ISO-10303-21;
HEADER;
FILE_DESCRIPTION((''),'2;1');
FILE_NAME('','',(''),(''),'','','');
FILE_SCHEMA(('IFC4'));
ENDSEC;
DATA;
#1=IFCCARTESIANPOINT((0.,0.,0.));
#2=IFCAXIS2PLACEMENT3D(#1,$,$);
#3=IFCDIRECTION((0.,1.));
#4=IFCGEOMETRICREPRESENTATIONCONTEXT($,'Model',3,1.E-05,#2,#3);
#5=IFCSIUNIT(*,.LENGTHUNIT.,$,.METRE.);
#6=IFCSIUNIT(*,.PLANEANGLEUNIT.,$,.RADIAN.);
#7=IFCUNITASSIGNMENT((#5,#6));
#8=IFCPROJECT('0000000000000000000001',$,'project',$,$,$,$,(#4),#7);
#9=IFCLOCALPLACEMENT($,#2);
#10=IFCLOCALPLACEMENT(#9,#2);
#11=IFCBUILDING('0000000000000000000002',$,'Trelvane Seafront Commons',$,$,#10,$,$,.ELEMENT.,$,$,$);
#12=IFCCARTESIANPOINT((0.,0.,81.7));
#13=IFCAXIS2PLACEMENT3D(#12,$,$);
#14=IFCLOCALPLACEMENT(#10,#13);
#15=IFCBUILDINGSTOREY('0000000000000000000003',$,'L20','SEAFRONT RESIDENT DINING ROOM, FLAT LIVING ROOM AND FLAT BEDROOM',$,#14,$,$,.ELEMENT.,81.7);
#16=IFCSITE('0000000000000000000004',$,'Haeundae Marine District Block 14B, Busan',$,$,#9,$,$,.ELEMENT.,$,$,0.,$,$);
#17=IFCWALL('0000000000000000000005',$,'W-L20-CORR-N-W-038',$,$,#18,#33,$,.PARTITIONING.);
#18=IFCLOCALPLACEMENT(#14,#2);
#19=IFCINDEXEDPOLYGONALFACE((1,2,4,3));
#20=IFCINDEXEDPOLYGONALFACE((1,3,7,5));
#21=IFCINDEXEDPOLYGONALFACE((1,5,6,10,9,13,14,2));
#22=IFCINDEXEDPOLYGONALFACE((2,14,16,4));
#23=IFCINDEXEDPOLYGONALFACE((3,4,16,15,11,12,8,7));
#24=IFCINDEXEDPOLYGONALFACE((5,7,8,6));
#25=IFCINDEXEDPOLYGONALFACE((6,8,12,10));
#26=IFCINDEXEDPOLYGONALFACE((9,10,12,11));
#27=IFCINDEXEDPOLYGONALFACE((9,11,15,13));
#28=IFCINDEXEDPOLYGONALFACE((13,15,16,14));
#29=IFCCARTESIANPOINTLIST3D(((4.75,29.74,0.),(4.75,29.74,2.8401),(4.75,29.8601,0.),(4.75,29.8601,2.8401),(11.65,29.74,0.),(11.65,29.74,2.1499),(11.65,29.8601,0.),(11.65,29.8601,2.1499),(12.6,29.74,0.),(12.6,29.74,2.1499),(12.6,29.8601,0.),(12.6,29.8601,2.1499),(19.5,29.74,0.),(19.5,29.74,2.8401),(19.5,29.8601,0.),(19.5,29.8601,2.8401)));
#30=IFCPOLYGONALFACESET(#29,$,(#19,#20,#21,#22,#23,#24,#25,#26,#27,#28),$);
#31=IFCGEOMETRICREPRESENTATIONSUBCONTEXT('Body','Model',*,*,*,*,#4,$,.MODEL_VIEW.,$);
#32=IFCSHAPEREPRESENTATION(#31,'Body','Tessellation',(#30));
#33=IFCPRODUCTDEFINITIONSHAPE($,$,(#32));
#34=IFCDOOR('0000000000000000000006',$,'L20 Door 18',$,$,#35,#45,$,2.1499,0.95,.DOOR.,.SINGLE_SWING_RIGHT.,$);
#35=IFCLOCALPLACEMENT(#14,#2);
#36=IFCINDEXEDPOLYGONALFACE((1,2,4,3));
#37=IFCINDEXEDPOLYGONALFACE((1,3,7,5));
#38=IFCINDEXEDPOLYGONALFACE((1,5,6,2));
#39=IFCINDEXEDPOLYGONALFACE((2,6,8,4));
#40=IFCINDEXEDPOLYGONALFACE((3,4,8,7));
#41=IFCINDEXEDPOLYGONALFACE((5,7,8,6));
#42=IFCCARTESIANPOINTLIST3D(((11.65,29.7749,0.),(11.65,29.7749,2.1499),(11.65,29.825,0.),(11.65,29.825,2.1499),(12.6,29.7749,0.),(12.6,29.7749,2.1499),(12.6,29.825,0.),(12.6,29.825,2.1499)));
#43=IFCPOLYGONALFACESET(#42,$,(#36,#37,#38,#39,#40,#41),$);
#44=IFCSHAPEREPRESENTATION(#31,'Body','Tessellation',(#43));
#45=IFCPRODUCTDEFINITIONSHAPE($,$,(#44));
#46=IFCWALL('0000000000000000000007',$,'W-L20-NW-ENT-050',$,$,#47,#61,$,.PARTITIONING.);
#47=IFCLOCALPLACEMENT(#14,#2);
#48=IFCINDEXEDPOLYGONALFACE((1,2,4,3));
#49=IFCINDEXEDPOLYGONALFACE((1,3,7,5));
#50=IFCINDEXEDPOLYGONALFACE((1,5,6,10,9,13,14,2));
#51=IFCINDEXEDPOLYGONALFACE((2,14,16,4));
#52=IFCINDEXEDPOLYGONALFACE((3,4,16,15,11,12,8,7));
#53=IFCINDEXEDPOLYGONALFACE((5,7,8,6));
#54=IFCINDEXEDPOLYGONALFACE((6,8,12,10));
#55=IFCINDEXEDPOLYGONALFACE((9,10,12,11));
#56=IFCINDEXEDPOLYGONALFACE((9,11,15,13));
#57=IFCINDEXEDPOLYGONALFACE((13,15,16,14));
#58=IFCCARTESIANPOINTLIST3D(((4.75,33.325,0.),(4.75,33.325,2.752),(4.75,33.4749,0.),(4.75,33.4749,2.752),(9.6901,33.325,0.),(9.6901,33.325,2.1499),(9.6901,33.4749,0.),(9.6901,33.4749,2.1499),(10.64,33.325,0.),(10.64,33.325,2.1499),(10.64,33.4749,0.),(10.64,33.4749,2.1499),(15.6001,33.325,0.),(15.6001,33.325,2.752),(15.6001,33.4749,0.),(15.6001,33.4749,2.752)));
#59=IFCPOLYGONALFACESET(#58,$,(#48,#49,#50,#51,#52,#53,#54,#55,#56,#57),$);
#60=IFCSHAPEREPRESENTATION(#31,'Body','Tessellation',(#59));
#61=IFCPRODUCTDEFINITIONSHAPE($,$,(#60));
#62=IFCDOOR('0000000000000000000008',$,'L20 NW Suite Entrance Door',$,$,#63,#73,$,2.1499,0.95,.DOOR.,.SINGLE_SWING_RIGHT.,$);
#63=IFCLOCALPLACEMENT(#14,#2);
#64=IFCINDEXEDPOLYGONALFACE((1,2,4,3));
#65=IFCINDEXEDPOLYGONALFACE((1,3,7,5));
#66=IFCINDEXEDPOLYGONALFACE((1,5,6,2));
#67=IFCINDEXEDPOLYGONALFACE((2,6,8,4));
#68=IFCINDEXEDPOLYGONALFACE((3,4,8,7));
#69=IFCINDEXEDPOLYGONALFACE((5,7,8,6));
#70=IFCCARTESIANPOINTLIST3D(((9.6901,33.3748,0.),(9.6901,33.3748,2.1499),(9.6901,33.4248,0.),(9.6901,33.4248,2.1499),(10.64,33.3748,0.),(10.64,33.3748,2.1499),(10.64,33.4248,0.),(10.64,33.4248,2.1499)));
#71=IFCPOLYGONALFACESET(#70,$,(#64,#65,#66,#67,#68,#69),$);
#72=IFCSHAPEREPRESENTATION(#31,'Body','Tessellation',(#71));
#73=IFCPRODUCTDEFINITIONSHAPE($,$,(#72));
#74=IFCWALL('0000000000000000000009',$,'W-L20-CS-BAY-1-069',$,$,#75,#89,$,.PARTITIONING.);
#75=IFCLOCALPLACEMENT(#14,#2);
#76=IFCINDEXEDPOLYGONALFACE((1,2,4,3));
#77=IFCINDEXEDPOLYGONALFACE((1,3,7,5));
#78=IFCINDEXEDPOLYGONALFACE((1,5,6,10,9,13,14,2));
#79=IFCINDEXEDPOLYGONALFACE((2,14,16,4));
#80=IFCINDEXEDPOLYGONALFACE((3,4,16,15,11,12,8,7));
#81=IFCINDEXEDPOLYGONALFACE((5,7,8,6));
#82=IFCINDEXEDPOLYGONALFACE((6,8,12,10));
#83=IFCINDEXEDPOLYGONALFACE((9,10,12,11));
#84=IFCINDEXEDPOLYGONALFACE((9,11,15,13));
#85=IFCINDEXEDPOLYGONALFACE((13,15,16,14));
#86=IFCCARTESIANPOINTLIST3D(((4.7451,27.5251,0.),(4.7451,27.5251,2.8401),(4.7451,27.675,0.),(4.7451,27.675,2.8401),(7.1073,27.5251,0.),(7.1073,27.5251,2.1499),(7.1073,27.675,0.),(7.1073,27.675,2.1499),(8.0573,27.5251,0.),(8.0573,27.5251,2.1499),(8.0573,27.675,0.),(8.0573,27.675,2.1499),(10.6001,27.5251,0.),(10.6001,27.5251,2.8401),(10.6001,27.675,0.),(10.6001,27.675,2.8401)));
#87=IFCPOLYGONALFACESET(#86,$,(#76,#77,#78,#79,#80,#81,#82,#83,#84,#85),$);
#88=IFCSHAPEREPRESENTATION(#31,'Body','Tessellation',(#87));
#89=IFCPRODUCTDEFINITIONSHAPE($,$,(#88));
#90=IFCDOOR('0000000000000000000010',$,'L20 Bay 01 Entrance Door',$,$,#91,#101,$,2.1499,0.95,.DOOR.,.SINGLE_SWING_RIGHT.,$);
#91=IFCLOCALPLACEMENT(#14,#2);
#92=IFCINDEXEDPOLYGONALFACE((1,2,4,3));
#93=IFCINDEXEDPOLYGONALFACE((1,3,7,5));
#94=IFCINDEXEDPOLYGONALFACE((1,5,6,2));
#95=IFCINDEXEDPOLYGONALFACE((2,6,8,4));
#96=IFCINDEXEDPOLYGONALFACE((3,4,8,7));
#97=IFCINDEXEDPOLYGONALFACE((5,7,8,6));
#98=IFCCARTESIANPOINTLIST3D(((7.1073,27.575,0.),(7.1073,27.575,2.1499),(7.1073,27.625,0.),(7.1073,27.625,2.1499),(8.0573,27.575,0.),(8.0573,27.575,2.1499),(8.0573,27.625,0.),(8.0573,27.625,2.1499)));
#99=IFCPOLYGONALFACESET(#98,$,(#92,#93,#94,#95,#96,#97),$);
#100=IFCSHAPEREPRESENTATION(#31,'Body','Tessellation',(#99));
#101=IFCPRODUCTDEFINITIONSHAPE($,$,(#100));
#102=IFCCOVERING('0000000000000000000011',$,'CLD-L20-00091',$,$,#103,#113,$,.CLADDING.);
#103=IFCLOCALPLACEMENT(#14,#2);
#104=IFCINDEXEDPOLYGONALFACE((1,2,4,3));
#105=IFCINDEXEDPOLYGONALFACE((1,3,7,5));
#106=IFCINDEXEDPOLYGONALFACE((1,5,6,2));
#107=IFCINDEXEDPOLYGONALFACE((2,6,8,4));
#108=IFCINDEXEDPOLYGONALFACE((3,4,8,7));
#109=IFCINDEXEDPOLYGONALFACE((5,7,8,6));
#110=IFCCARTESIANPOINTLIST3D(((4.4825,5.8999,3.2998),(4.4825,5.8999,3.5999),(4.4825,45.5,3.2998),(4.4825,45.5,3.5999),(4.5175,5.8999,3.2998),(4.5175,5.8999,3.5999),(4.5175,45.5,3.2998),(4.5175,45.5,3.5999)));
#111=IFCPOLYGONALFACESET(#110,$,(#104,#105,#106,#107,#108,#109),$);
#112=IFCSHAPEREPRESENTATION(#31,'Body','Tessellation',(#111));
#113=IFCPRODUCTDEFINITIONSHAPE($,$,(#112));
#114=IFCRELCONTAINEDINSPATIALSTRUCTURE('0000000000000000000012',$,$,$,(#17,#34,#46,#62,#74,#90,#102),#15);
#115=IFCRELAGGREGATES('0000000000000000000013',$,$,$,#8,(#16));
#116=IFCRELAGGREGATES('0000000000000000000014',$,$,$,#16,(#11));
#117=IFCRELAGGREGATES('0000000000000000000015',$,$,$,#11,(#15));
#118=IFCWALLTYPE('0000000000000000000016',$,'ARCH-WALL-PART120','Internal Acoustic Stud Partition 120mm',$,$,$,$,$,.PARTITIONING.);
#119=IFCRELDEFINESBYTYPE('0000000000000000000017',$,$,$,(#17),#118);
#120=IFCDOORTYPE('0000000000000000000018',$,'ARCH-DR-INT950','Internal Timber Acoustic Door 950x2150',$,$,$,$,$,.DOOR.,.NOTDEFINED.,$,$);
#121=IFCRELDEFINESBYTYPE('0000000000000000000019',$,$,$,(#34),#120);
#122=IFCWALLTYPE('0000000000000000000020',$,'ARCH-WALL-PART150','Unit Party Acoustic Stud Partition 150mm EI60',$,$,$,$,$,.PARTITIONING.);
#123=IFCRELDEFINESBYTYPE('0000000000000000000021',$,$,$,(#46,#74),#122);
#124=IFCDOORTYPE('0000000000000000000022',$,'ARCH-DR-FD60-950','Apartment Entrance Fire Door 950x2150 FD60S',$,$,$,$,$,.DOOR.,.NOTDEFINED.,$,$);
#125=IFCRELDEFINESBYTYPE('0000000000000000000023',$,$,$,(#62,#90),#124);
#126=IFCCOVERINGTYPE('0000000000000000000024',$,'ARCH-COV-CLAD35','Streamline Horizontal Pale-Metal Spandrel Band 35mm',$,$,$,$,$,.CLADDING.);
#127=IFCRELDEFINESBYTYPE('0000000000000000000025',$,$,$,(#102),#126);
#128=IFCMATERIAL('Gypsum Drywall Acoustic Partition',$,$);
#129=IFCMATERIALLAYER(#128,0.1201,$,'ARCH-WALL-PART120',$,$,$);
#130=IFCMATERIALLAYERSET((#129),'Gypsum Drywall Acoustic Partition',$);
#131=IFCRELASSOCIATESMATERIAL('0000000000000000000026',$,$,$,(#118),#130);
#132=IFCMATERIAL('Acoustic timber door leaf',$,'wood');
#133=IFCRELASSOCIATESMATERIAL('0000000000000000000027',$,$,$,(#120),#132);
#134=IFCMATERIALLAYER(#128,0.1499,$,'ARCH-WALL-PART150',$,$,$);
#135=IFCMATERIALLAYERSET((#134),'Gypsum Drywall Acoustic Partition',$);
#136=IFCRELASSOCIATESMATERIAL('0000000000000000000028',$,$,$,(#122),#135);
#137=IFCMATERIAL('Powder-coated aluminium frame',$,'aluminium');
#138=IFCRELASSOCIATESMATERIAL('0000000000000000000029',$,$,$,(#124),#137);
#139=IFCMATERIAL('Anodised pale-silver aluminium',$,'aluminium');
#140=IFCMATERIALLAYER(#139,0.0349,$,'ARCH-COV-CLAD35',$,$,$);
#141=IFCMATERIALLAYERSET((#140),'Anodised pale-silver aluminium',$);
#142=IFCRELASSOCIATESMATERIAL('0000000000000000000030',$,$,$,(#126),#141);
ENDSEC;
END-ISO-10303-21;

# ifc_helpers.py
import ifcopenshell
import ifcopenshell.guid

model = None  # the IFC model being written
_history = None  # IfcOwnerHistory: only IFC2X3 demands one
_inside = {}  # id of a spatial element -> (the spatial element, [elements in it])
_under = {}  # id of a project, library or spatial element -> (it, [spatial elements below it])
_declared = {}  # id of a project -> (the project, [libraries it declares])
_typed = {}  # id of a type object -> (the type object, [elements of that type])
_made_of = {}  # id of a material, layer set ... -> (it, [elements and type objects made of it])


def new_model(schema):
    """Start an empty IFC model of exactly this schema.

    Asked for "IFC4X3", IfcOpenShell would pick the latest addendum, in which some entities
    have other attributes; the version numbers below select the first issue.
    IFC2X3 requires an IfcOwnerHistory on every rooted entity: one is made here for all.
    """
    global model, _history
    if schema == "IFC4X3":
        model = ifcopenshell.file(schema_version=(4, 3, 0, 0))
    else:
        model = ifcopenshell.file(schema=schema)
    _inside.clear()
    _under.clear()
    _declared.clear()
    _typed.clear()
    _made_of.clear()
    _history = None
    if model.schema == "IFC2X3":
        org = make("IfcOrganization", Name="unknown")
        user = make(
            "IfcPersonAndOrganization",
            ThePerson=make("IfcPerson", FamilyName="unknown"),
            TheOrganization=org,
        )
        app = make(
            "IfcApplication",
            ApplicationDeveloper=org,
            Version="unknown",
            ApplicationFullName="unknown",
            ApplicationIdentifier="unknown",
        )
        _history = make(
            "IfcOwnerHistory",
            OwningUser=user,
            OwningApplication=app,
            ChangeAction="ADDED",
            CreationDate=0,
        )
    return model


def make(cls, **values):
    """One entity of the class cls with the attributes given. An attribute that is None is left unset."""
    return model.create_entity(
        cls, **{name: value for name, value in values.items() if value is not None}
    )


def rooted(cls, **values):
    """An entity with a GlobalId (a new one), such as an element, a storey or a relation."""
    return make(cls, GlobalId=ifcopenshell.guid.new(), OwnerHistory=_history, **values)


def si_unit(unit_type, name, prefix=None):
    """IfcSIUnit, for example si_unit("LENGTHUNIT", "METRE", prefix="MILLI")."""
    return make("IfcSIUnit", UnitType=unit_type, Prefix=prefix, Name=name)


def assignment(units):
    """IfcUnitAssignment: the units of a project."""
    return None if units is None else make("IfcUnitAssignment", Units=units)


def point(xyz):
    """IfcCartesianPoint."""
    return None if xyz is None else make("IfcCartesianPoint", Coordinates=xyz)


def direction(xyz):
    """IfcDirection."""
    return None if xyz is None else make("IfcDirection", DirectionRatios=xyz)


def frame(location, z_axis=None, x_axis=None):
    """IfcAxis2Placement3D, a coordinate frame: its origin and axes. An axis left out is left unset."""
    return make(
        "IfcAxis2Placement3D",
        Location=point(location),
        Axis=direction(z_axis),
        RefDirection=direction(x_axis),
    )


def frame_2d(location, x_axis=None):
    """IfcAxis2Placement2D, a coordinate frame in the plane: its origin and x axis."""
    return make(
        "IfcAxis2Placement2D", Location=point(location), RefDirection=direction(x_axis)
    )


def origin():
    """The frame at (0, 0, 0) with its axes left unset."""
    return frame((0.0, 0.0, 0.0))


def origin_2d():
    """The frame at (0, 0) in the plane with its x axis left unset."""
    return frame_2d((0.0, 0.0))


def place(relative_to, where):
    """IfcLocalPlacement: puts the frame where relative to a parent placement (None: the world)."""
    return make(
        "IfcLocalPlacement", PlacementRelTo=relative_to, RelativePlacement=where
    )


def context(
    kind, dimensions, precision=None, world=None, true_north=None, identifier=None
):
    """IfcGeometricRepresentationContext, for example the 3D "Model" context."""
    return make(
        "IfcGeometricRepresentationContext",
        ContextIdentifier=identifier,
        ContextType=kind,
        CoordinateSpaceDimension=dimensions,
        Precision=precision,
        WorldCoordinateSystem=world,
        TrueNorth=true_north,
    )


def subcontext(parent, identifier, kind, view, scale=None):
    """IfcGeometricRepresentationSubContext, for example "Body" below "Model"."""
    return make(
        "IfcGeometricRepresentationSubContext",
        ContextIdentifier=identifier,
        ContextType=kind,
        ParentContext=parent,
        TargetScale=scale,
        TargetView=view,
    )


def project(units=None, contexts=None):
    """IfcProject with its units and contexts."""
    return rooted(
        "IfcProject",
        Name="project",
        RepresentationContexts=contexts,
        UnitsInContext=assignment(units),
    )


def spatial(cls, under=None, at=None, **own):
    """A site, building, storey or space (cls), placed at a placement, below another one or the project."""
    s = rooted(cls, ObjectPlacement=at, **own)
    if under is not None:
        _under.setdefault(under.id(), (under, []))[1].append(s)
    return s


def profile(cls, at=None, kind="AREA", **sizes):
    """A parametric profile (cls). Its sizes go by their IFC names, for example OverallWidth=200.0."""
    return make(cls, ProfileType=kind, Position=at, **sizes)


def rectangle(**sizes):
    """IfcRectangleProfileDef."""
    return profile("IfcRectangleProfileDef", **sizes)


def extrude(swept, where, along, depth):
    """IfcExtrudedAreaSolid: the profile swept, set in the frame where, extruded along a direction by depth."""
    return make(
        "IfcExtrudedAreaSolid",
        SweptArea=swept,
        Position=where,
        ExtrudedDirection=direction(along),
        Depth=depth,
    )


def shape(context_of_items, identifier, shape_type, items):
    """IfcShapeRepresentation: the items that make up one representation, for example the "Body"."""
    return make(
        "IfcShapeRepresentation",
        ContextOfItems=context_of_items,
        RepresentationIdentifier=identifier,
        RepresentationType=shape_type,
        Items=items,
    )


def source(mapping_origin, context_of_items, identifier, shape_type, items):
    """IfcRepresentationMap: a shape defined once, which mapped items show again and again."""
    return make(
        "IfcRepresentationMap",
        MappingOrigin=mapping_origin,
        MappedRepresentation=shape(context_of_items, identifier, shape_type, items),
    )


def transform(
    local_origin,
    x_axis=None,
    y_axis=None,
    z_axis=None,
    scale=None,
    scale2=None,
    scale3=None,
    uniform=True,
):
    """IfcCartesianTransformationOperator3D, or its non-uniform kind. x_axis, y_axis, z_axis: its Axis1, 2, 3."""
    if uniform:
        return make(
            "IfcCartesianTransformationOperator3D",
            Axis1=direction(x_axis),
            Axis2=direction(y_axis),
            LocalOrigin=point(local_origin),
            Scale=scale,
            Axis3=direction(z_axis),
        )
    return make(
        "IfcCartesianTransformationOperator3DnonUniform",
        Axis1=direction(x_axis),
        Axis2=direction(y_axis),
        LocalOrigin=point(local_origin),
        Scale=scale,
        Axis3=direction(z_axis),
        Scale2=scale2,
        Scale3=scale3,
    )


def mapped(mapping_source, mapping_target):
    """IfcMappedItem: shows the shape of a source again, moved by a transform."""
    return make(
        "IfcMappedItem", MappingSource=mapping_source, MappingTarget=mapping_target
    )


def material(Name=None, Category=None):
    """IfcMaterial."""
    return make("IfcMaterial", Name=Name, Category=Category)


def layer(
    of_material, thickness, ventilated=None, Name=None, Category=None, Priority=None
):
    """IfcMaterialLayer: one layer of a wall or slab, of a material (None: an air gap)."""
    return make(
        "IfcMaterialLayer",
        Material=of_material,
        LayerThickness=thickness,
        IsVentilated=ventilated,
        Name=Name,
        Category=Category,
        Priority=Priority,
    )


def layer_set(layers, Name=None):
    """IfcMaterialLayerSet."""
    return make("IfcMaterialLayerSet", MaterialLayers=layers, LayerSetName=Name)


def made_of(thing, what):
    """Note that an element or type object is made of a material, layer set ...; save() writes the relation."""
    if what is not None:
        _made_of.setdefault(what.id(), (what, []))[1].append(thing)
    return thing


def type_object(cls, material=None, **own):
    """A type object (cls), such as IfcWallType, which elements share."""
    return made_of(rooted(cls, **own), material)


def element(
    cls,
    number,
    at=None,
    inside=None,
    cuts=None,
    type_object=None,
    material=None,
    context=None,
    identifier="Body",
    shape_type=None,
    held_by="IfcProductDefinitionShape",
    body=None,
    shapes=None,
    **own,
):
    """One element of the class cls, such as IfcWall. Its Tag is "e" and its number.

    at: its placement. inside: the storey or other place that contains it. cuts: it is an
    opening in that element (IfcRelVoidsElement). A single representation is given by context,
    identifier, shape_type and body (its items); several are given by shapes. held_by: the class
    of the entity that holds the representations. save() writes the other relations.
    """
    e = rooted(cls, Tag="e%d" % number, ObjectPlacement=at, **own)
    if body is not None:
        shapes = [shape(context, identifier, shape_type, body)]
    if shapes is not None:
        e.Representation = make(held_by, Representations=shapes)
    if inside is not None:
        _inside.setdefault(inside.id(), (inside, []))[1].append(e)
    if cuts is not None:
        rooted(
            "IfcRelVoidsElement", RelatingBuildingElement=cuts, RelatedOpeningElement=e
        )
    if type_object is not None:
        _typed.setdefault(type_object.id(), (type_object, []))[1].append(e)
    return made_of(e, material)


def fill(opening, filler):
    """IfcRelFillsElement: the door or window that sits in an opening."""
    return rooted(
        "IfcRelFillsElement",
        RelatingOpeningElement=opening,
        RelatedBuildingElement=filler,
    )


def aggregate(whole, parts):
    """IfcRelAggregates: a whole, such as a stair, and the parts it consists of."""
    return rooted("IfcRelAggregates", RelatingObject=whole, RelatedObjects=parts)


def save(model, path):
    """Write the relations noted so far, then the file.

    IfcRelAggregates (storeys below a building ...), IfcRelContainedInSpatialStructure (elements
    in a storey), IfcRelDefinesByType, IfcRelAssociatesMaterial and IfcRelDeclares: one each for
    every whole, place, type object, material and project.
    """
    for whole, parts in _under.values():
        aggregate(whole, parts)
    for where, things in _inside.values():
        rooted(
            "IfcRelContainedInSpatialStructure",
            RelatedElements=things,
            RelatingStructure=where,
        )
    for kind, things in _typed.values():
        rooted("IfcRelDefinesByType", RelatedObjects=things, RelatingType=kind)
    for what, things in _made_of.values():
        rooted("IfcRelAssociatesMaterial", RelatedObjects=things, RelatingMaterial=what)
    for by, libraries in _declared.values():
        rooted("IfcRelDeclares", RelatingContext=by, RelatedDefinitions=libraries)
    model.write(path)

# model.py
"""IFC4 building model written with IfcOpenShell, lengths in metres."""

from ifc_helpers import new_model, si_unit, direction, frame, frame_2d, origin, origin_2d, place, context, subcontext, project, spatial, rectangle, extrude, source, transform, mapped, material, layer, layer_set, type_object, element, fill, save


model = new_model("IFC4")

# Units and contexts
model_context = context("Model", 3, precision=1e-05, world=origin(), true_north=direction((0.0, 1.0)))
body_context = subcontext(model_context, "Body", "Model", "MODEL_VIEW")
ifc_project = project(units=[si_unit("LENGTHUNIT", "METRE"), si_unit("PLANEANGLEUNIT", "RADIAN")], contexts=[model_context])

# Site, building, storey
site_placement = place(None, origin())
site = spatial("IfcSite", under=ifc_project, at=site_placement, Name="Haeundae Marine District Block 14B, Busan", CompositionType="ELEMENT", RefElevation=0.0)
building_placement = place(site_placement, origin())
building = spatial("IfcBuilding", under=site, at=building_placement, Name="Trelvane Seafront Commons", CompositionType="ELEMENT")
storey_placement = place(building_placement, frame((0.0, 0.0, 81.7)))
storey = spatial("IfcBuildingStorey", under=building, at=storey_placement, Name="L20", Description="SEAFRONT RESIDENT DINING ROOM, FLAT LIVING ROOM AND FLAT BEDROOM", CompositionType="ELEMENT", Elevation=81.7)

# Shared definitions
ifc_material_1 = material(Name="Anodised pale-silver aluminium", Category="aluminium")

# Walls, openings, doors
ifc_material_2 = material(Name="Gypsum Drywall Acoustic Partition")
ifc_layer_1 = layer(ifc_material_2, 0.1201, Name="ARCH-WALL-PART120")
ifc_layer_set_1 = layer_set([ifc_layer_1], Name="Gypsum Drywall Acoustic Partition")
wall_type_1 = type_object("IfcWallType", Name="ARCH-WALL-PART120", Description="Internal Acoustic Stud Partition 120mm", PredefinedType="PARTITIONING", material=ifc_layer_set_1)
wall_1_placement = place(storey_placement, frame((4.75, 29.8, 0.0), z_axis=(0.0, 0.0, 1.0), x_axis=(1.0, 0.0, 0.0)))
wall_1 = element("IfcWall", 1, at=wall_1_placement, inside=storey, type_object=wall_type_1, Name="W-L20-CORR-N-W-038", PredefinedType="PARTITIONING", context=body_context, shape_type="SweptSolid", body=[
    extrude(rectangle(XDim=14.75, YDim=0.1201, at=frame_2d((7.375, 0.0))), origin(), (0.0, 0.0, 1.0), 2.8401),
])
opening_1_placement = place(wall_1_placement, frame((6.8999, 0.0, 0.0)))
opening_1 = element("IfcOpeningElement", 2, at=opening_1_placement, cuts=wall_1, PredefinedType="OPENING", context=body_context, shape_type="SweptSolid", body=[
    extrude(rectangle(XDim=0.95, YDim=2.1499, at=frame_2d((0.4751, 1.075))), frame((0.0, 0.0701, 0.0), z_axis=(0.0, -1.0, 0.0), x_axis=(1.0, 0.0, 0.0)), (0.0, 0.0, 1.0), 0.1401),
])
ifc_material_3 = material(Name="Acoustic timber door leaf", Category="wood")
door_type_1 = type_object("IfcDoorType", Name="ARCH-DR-INT950", Description="Internal Timber Acoustic Door 950x2150", OperationType="NOTDEFINED", PredefinedType="DOOR", material=ifc_material_3)
shared_shape_1 = source(origin(), body_context, "Body", "SweptSolid", [
    extrude(rectangle(XDim=0.95, YDim=2.1499, at=frame_2d((0.4751, 1.075))), frame((0.0, 0.0249, 0.0), z_axis=(0.0, -1.0, 0.0), x_axis=(1.0, 0.0, 0.0)), (0.0, 0.0, 1.0), 0.05),
])
door_1_placement = place(opening_1_placement, origin())
door_1 = element("IfcDoor", 3, at=door_1_placement, inside=storey, type_object=door_type_1, Name="L20 Door 18", OperationType="SINGLE_SWING_RIGHT", OverallHeight=2.1499, OverallWidth=0.95, PredefinedType="DOOR", context=body_context, shape_type="MappedRepresentation", body=[
    mapped(shared_shape_1, transform((0.0, 0.0, 0.0), x_axis=(1.0, 0.0, 0.0), y_axis=(0.0, 1.0, 0.0), z_axis=(0.0, 0.0, 1.0), scale=1.0)),
])
fill(opening_1, door_1)
ifc_layer_2 = layer(ifc_material_2, 0.1499, Name="ARCH-WALL-PART150")
ifc_layer_set_2 = layer_set([ifc_layer_2], Name="Gypsum Drywall Acoustic Partition")
wall_type_2 = type_object("IfcWallType", Name="ARCH-WALL-PART150", Description="Unit Party Acoustic Stud Partition 150mm EI60", PredefinedType="PARTITIONING", material=ifc_layer_set_2)
wall_2_placement = place(storey_placement, frame((4.75, 33.3999, 0.0), z_axis=(0.0, 0.0, 1.0), x_axis=(1.0, 0.0, 0.0)))
wall_2 = element("IfcWall", 4, at=wall_2_placement, inside=storey, type_object=wall_type_2, Name="W-L20-NW-ENT-050", PredefinedType="PARTITIONING", context=body_context, shape_type="SweptSolid", body=[
    extrude(rectangle(XDim=10.8501, YDim=0.1499, at=frame_2d((5.425, 0.0))), origin(), (0.0, 0.0, 1.0), 2.752),
])
opening_2_placement = place(wall_2_placement, frame((4.9399, 0.0, 0.0)))
opening_2 = element("IfcOpeningElement", 5, at=opening_2_placement, cuts=wall_2, PredefinedType="OPENING", context=body_context, shape_type="SweptSolid", body=[
    extrude(rectangle(XDim=0.95, YDim=2.1499, at=frame_2d((0.4751, 1.075))), frame((0.0, 0.085, 0.0), z_axis=(0.0, -1.0, 0.0), x_axis=(1.0, 0.0, 0.0)), (0.0, 0.0, 1.0), 0.1699),
])
ifc_material_4 = material(Name="Powder-coated aluminium frame", Category="aluminium")
door_type_2 = type_object("IfcDoorType", Name="ARCH-DR-FD60-950", Description="Apartment Entrance Fire Door 950x2150 FD60S", OperationType="NOTDEFINED", PredefinedType="DOOR", material=ifc_material_4)
door_2_placement = place(opening_2_placement, origin())
door_2 = element("IfcDoor", 6, at=door_2_placement, inside=storey, type_object=door_type_2, Name="L20 NW Suite Entrance Door", OperationType="SINGLE_SWING_RIGHT", OverallHeight=2.1499, OverallWidth=0.95, PredefinedType="DOOR", context=body_context, shape_type="MappedRepresentation", body=[
    mapped(shared_shape_1, transform((0.0, 0.0, 0.0), x_axis=(1.0, 0.0, 0.0), y_axis=(0.0, 1.0, 0.0), z_axis=(0.0, 0.0, 1.0), scale=1.0)),
])
fill(opening_2, door_2)
wall_3_placement = place(storey_placement, frame((4.7451, 27.6001, 0.0), z_axis=(0.0, 0.0, 1.0), x_axis=(1.0, 0.0, 0.0)))
wall_3 = element("IfcWall", 7, at=wall_3_placement, inside=storey, type_object=wall_type_2, Name="W-L20-CS-BAY-1-069", PredefinedType="PARTITIONING", context=body_context, shape_type="SweptSolid", body=[
    extrude(rectangle(XDim=5.855, YDim=0.1499, at=frame_2d((2.9275, 0.0))), origin(), (0.0, 0.0, 1.0), 2.8401),
])
opening_3_placement = place(wall_3_placement, frame((2.3621, 0.0, 0.0)))
opening_3 = element("IfcOpeningElement", 8, at=opening_3_placement, cuts=wall_3, PredefinedType="OPENING", context=body_context, shape_type="SweptSolid", body=[
    extrude(rectangle(XDim=0.95, YDim=2.1499, at=frame_2d((0.4751, 1.075))), frame((0.0, 0.085, 0.0), z_axis=(0.0, -1.0, 0.0), x_axis=(1.0, 0.0, 0.0)), (0.0, 0.0, 1.0), 0.1699),
])
door_3_placement = place(opening_3_placement, origin())
door_3 = element("IfcDoor", 9, at=door_3_placement, inside=storey, type_object=door_type_2, Name="L20 Bay 01 Entrance Door", OperationType="SINGLE_SWING_RIGHT", OverallHeight=2.1499, OverallWidth=0.95, PredefinedType="DOOR", context=body_context, shape_type="MappedRepresentation", body=[
    mapped(shared_shape_1, transform((0.0, 0.0, 0.0), x_axis=(1.0, 0.0, 0.0), y_axis=(0.0, 1.0, 0.0), z_axis=(0.0, 0.0, 1.0), scale=1.0)),
])
fill(opening_3, door_3)

# Covering
ifc_layer_3 = layer(ifc_material_1, 0.0349, Name="ARCH-COV-CLAD35")
ifc_layer_set_3 = layer_set([ifc_layer_3], Name="Anodised pale-silver aluminium")
covering_type = type_object("IfcCoveringType", Name="ARCH-COV-CLAD35", Description="Streamline Horizontal Pale-Metal Spandrel Band 35mm", PredefinedType="CLADDING", material=ifc_layer_set_3)
shared_shape_2 = source(origin(), body_context, "Body", "SweptSolid", [
    extrude(rectangle(XDim=39.6001, YDim=0.0349, at=origin_2d()), origin(), (0.0, 0.0, 1.0), 0.3),
])
covering_placement = place(storey_placement, frame((4.5, 25.7, 3.2998), z_axis=(0.0, 0.0, 1.0), x_axis=(0.0, 1.0, 0.0)))
element("IfcCovering", 10, at=covering_placement, inside=storey, type_object=covering_type, Name="CLD-L20-00091", PredefinedType="CLADDING", context=body_context, shape_type="MappedRepresentation", body=[
    mapped(shared_shape_2, transform((0.0, 0.0, 0.0), x_axis=(1.0, 0.0, 0.0), y_axis=(0.0, 1.0, 0.0), z_axis=(0.0, 0.0, 1.0), scale=1.0)),
])

save(model, "model.ifc")
